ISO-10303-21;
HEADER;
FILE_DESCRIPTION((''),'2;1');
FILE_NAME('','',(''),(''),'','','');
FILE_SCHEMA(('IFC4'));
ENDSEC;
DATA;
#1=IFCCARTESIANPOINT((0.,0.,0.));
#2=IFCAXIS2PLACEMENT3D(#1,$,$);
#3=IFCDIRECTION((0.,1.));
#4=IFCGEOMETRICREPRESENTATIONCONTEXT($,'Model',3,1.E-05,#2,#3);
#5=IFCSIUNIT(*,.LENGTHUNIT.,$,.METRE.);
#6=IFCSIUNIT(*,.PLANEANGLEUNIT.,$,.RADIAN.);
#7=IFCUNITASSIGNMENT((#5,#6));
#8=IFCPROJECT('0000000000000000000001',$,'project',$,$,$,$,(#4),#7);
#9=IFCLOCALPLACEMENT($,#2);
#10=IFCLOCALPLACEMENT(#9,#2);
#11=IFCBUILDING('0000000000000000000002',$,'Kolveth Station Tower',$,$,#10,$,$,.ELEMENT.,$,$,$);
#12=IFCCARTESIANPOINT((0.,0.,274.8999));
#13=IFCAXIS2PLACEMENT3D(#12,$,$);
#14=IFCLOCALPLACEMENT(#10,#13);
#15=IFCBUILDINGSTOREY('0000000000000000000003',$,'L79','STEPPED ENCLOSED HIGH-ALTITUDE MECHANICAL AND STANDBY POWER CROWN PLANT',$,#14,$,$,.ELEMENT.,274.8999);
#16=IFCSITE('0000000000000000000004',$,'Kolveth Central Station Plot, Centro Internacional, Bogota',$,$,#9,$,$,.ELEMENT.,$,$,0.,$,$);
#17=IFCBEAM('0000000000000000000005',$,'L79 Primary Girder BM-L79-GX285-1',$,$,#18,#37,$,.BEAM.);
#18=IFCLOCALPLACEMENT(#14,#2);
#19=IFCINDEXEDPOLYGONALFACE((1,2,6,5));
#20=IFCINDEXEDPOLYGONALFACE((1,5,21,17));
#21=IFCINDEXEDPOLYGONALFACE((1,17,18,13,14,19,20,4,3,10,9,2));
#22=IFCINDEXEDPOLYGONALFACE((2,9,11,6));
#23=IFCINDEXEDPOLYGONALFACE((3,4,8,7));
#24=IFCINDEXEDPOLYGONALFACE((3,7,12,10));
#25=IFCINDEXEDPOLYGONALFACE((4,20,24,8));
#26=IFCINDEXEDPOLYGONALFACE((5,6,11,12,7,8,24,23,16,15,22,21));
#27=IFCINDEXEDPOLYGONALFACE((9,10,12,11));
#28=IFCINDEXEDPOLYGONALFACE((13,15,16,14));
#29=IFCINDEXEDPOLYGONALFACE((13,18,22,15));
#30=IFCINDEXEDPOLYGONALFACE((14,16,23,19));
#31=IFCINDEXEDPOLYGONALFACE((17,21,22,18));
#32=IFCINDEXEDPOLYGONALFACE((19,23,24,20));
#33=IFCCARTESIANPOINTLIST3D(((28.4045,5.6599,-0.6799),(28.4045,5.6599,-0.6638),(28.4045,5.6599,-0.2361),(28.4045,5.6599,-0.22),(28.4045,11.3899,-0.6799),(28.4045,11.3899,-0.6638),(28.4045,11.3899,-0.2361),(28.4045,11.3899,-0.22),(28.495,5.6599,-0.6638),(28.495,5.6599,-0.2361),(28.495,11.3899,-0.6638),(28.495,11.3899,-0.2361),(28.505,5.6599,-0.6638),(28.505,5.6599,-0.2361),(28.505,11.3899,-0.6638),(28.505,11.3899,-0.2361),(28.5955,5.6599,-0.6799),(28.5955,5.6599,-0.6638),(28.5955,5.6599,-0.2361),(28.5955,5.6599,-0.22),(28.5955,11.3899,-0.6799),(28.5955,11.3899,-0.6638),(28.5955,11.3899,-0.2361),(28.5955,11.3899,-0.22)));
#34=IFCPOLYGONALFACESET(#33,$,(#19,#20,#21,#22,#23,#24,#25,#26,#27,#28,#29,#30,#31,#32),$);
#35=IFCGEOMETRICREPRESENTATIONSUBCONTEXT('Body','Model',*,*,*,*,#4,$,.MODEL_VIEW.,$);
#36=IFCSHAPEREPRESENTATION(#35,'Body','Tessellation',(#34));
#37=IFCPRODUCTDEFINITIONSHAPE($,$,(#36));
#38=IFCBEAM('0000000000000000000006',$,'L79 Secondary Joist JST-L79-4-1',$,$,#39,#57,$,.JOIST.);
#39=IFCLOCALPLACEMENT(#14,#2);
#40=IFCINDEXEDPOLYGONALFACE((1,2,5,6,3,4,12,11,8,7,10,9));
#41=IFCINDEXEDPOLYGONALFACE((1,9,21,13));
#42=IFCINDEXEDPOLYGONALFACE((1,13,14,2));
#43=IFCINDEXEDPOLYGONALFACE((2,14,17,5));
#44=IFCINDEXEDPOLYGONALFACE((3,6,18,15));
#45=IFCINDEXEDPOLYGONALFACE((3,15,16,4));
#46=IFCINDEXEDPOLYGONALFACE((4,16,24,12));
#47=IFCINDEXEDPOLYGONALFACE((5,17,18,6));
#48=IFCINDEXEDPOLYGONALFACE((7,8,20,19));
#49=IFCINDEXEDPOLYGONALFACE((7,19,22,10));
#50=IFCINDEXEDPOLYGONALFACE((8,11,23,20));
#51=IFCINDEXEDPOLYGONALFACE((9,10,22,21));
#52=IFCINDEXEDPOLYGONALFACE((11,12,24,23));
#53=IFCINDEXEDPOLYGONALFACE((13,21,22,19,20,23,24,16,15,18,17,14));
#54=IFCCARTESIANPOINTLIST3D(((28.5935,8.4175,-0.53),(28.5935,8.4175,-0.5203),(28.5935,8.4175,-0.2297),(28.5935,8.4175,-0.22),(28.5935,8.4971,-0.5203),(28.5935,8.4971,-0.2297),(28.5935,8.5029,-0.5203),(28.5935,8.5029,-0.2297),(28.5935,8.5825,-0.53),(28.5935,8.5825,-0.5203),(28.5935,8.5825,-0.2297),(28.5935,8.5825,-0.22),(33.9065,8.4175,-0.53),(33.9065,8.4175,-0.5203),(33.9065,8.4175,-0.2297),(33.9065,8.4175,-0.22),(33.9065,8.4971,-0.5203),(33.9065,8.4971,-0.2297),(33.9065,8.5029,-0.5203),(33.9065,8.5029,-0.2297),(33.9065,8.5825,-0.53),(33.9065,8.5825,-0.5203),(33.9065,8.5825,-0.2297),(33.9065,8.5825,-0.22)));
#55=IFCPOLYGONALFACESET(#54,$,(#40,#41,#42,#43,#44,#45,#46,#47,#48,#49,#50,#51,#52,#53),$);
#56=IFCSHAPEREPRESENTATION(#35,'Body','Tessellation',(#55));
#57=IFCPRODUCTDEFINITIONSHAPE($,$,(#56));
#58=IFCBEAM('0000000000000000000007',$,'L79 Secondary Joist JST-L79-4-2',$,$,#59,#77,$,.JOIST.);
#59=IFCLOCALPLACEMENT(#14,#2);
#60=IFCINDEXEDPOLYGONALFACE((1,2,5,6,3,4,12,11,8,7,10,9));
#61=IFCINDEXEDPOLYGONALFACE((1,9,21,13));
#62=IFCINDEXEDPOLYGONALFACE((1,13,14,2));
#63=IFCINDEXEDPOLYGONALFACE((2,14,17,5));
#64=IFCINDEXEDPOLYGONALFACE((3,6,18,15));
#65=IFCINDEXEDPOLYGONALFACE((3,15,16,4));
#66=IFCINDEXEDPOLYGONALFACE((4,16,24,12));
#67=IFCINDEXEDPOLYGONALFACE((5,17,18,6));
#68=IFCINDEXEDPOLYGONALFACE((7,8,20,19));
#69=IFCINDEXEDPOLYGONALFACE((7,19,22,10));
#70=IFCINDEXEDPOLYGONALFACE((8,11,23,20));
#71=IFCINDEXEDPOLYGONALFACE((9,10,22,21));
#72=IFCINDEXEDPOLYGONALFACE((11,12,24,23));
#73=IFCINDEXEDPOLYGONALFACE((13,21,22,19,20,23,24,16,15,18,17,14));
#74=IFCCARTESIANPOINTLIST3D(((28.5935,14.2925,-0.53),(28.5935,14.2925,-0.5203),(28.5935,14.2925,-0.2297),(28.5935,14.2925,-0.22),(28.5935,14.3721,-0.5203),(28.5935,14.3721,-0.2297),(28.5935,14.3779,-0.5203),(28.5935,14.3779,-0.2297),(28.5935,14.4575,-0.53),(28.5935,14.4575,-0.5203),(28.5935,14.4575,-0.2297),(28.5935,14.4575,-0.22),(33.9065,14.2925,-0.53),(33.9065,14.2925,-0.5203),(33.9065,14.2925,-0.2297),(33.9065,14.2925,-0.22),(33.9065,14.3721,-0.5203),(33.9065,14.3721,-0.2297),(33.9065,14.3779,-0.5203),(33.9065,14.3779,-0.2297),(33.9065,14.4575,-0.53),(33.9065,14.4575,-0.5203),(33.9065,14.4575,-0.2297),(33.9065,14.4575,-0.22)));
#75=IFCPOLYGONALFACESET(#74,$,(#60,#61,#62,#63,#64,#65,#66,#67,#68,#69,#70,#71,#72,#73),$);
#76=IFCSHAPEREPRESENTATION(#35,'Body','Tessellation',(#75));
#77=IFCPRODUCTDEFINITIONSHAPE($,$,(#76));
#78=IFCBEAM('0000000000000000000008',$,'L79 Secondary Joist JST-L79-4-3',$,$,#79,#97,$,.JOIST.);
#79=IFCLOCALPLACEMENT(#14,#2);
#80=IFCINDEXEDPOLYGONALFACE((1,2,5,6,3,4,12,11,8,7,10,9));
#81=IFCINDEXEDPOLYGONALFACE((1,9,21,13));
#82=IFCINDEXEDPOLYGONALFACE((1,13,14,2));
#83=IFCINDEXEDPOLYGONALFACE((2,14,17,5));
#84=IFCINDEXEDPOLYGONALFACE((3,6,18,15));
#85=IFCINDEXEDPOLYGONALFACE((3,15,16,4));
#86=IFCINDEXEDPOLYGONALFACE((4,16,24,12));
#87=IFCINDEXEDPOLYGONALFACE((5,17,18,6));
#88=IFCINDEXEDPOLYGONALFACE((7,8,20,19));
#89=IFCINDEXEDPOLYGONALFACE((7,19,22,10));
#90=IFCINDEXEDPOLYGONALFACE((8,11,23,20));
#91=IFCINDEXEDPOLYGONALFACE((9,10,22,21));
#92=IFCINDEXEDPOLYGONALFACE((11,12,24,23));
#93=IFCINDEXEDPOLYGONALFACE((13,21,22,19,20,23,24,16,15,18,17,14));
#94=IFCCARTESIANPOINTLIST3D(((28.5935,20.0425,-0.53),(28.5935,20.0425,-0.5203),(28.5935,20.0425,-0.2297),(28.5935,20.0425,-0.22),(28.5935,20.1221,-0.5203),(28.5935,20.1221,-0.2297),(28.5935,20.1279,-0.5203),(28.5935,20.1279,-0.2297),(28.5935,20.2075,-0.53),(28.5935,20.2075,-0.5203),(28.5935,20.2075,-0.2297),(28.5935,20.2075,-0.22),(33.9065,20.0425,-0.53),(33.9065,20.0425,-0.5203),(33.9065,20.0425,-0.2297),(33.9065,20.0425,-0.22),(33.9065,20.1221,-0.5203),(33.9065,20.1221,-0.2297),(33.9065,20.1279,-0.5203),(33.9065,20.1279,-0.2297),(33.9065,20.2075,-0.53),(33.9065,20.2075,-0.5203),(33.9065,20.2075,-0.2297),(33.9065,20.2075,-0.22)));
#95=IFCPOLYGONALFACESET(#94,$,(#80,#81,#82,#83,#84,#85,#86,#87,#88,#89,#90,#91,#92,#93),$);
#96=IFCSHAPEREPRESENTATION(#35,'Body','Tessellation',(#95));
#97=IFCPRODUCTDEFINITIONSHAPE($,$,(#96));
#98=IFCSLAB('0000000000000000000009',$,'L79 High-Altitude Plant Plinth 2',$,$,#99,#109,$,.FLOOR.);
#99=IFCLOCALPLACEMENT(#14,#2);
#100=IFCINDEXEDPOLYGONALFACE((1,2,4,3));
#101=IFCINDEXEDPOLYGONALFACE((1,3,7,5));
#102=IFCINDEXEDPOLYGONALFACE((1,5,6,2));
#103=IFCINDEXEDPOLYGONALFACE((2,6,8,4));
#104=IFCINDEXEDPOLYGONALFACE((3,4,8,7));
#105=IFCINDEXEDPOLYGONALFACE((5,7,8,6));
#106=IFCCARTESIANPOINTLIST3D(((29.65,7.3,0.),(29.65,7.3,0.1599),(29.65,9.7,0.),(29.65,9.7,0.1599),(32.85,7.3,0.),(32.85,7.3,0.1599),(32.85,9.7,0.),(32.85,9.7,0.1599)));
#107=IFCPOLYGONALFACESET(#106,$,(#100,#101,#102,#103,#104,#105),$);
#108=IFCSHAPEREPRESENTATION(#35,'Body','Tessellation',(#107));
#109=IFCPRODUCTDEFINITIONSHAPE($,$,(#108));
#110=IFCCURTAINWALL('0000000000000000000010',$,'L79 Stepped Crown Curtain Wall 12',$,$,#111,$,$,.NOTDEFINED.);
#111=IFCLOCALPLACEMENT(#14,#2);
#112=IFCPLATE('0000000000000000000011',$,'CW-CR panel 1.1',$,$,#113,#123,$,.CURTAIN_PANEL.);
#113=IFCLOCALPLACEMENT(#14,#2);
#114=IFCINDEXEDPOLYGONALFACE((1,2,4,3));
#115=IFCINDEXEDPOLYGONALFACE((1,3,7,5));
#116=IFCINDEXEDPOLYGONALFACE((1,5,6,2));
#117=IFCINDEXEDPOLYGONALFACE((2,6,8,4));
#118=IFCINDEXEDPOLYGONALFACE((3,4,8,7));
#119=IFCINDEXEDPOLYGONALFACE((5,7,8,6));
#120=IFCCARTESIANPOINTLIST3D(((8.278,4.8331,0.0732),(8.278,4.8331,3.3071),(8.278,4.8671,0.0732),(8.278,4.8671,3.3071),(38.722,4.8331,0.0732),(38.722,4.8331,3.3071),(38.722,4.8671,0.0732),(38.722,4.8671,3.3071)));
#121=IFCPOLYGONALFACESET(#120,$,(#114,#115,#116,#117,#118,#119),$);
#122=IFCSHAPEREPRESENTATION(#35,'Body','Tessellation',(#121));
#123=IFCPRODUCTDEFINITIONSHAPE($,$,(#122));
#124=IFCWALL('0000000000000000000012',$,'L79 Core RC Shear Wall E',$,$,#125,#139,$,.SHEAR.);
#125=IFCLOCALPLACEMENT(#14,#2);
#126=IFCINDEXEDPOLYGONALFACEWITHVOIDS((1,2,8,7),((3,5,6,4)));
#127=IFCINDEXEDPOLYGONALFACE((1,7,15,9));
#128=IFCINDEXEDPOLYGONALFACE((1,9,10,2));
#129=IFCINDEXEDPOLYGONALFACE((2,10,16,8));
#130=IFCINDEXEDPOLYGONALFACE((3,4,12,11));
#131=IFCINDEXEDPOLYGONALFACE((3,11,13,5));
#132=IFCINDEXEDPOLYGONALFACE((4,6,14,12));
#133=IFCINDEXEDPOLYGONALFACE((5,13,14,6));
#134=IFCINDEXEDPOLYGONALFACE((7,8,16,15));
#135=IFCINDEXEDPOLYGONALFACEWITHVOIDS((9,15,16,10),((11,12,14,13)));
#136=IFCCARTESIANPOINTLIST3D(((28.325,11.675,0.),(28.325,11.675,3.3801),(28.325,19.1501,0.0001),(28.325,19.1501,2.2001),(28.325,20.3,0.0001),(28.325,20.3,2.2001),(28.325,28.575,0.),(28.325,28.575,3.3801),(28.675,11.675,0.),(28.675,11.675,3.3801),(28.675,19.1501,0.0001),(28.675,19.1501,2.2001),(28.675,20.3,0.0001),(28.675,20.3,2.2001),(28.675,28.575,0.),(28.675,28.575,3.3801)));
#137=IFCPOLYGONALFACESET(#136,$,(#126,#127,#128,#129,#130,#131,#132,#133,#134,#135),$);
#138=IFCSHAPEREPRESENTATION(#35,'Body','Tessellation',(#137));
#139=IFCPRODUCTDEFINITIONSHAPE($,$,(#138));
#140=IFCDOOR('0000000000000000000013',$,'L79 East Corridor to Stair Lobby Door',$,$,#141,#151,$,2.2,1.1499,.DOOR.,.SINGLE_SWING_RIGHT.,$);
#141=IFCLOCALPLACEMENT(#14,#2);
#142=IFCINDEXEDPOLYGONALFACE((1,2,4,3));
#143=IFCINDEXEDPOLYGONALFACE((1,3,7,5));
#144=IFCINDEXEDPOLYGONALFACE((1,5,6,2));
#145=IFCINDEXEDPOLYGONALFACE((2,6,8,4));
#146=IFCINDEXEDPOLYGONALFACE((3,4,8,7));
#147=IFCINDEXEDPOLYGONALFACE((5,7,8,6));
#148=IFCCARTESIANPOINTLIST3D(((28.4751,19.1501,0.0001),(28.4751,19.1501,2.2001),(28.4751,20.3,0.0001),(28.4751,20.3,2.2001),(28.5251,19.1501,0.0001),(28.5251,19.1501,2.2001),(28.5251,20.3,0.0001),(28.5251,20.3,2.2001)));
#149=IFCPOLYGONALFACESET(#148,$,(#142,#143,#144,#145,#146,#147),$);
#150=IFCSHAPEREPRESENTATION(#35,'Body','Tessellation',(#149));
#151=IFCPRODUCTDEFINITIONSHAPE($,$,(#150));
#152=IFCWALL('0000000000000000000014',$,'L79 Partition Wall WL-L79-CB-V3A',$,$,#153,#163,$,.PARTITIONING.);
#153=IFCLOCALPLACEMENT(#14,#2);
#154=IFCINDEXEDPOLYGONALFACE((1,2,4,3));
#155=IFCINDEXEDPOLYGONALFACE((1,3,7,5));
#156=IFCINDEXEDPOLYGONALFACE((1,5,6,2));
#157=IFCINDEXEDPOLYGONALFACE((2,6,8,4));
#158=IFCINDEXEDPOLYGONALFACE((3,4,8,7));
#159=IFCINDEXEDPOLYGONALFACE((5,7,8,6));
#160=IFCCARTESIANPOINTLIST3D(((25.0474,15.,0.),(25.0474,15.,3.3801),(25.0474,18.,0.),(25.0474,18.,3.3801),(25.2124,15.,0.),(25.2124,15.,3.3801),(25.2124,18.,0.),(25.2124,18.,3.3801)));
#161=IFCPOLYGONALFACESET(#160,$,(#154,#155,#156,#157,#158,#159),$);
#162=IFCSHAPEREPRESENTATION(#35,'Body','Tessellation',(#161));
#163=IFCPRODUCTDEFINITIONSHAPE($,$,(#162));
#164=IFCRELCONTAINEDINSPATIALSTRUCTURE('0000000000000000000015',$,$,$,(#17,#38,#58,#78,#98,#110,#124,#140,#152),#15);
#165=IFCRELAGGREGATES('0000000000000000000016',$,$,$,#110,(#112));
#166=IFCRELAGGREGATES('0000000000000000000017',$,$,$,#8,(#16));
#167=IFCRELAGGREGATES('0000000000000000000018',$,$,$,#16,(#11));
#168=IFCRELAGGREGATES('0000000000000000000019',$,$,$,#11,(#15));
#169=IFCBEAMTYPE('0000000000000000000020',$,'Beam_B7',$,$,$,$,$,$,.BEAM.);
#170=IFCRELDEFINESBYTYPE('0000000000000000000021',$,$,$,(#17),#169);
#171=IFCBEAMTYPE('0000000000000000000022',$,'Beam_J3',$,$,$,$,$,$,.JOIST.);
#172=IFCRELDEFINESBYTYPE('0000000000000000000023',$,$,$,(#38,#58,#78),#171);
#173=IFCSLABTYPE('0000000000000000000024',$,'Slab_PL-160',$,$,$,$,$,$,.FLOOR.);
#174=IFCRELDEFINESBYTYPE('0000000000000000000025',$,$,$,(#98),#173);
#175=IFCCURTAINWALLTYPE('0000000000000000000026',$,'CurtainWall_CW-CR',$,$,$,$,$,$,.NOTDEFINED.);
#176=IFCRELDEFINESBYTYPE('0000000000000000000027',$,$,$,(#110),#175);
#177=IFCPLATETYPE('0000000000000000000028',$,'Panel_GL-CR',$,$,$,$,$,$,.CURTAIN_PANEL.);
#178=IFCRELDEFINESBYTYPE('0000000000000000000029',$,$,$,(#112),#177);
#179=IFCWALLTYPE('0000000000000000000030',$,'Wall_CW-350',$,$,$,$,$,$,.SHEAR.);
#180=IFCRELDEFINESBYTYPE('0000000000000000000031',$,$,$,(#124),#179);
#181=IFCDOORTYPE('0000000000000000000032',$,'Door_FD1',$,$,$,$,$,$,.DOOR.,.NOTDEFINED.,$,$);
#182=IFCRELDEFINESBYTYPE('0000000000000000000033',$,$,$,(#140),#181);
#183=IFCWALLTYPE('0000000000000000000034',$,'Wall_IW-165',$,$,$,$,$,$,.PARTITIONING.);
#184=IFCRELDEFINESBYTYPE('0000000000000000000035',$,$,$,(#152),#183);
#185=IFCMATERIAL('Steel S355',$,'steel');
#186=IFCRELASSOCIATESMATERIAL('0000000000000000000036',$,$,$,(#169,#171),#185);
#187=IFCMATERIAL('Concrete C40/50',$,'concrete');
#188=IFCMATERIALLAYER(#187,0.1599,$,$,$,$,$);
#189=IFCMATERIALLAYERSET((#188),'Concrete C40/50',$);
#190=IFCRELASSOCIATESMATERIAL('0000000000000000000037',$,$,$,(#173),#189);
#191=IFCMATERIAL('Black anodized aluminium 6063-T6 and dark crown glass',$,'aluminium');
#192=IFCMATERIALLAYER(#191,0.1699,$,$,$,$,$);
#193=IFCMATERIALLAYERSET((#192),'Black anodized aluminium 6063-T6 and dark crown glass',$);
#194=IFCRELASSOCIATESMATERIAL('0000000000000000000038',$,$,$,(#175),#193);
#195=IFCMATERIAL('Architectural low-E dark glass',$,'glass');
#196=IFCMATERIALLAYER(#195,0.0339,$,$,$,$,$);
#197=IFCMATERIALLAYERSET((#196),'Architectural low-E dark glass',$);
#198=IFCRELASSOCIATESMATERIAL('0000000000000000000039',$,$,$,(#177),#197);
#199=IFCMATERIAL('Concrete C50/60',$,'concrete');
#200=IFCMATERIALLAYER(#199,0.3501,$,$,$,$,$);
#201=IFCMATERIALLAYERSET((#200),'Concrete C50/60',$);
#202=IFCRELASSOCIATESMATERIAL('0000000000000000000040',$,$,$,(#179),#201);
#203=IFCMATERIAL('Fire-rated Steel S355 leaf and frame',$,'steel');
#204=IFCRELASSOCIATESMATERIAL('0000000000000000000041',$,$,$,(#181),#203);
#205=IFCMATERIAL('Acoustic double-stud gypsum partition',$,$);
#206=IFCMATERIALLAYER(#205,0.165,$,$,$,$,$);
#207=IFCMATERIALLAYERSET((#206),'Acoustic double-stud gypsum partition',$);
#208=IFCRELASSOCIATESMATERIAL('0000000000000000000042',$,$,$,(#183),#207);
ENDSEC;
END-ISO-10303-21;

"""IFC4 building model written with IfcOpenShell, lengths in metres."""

from ifc_helpers import new_model, si_unit, direction, frame, frame_2d, origin, origin_2d, place, context, subcontext, project, spatial, rectangle, i_section, extrude, source, transform, mapped, material, layer, layer_set, material_profile, profile_set, type_object, element, fill, aggregate, save


model = new_model("IFC4")

# Units and contexts
model_context = context("Model", 3, precision=1e-05, world=origin(), true_north=direction((0.0, 1.0)))
body_context = subcontext(model_context, "Body", "Model", "MODEL_VIEW")
ifc_project = project(units=[si_unit("LENGTHUNIT", "METRE"), si_unit("PLANEANGLEUNIT", "RADIAN")], contexts=[model_context])

# Site, building, storey
site_placement = place(None, origin())
site = spatial("IfcSite", under=ifc_project, at=site_placement, Name="Kolveth Central Station Plot, Centro Internacional, Bogota", CompositionType="ELEMENT", RefElevation=0.0)
building_placement = place(site_placement, origin())
building = spatial("IfcBuilding", under=site, at=building_placement, Name="Kolveth Station Tower", CompositionType="ELEMENT")
storey_placement = place(building_placement, frame((0.0, 0.0, 274.8999)))
storey = spatial("IfcBuildingStorey", under=building, at=storey_placement, Name="L79", Description="STEPPED ENCLOSED HIGH-ALTITUDE MECHANICAL AND STANDBY POWER CROWN PLANT", CompositionType="ELEMENT", Elevation=274.8999)

# Shared definitions
ifc_material_1 = material(Name="Steel S355", Category="steel")

# Beams
ifc_material_profile_1 = material_profile(ifc_material_1, i_section(OverallWidth=0.1909, OverallDepth=0.46, WebThickness=0.01, FlangeThickness=0.0161, at=origin_2d()), Name="W460x82")
ifc_profile_set_1 = profile_set([ifc_material_profile_1], Name="Steel S355")
beam_type_1 = type_object("IfcBeamType", Name="Beam_B7", PredefinedType="BEAM", material=ifc_profile_set_1)
shared_shape_1 = source(origin(), body_context, "Body", "SweptSolid", [
    extrude(i_section(OverallWidth=0.1909, OverallDepth=0.46, WebThickness=0.01, FlangeThickness=0.0161, at=origin_2d()), origin(), (0.0, 0.0, 1.0), 5.73),
])
beam_1_placement = place(storey_placement, frame((28.5, 5.6599, -0.45), z_axis=(0.0, 1.0, 0.0), x_axis=(-1.0, 0.0, 0.0)))
element("IfcBeam", 1, at=beam_1_placement, inside=storey, type_object=beam_type_1, Name="L79 Primary Girder BM-L79-GX285-1", PredefinedType="BEAM", context=body_context, shape_type="MappedRepresentation", body=[
    mapped(shared_shape_1, transform((0.0, 0.0, 0.0), x_axis=(1.0, 0.0, 0.0), y_axis=(0.0, 1.0, 0.0), z_axis=(0.0, 0.0, 1.0), scale=1.0)),
])
ifc_material_profile_2 = material_profile(ifc_material_1, i_section(OverallWidth=0.165, OverallDepth=0.3101, WebThickness=0.0059, FlangeThickness=0.0098, at=origin_2d()), Name="W310x39")
ifc_profile_set_2 = profile_set([ifc_material_profile_2], Name="Steel S355")
beam_type_2 = type_object("IfcBeamType", Name="Beam_J3", PredefinedType="JOIST", material=ifc_profile_set_2)
shared_shape_2 = source(origin(), body_context, "Body", "SweptSolid", [
    extrude(i_section(OverallWidth=0.165, OverallDepth=0.3101, WebThickness=0.0059, FlangeThickness=0.0098, at=origin_2d()), origin(), (0.0, 0.0, 1.0), 5.313),
])
for number, where, z_axis, x_axis, name in (
    (2, (28.5935, 8.5, -0.375), (1.0, 0.0, 0.0), (0.0, 1.0, 0.0), "L79 Secondary Joist JST-L79-4-1"),
    (3, (28.5935, 14.375, -0.375), (1.0, 0.0, 0.0), (0.0, 1.0, 0.0), "L79 Secondary Joist JST-L79-4-2"),
    (4, (28.5935, 20.125, -0.375), (1.0, 0.0, 0.0), (0.0, 1.0, 0.0), "L79 Secondary Joist JST-L79-4-3"),
):
    element("IfcBeam", number, at=place(storey_placement, frame(where, z_axis=z_axis, x_axis=x_axis)), inside=storey, type_object=beam_type_2, Name=name, PredefinedType="JOIST", context=body_context, shape_type="MappedRepresentation", body=[
        mapped(shared_shape_2, transform((0.0, 0.0, 0.0), x_axis=(1.0, 0.0, 0.0), y_axis=(0.0, 1.0, 0.0), z_axis=(0.0, 0.0, 1.0), scale=1.0)),
    ])

# Slab
ifc_material_2 = material(Name="Concrete C40/50", Category="concrete")
ifc_layer_1 = layer(ifc_material_2, 0.1599)
ifc_layer_set_1 = layer_set([ifc_layer_1], Name="Concrete C40/50")
slab_type = type_object("IfcSlabType", Name="Slab_PL-160", PredefinedType="FLOOR", material=ifc_layer_set_1)
shared_shape_3 = source(origin(), body_context, "Body", "SweptSolid", [
    extrude(rectangle(XDim=3.2, YDim=2.3999, at=origin_2d()), origin(), (0.0, 0.0, 1.0), 0.1599),
])
slab_placement = place(storey_placement, frame((31.25, 8.5, 0.0), z_axis=(0.0, 0.0, 1.0), x_axis=(1.0, 0.0, 0.0)))
element("IfcSlab", 5, at=slab_placement, inside=storey, type_object=slab_type, Name="L79 High-Altitude Plant Plinth 2", PredefinedType="FLOOR", context=body_context, shape_type="MappedRepresentation", body=[
    mapped(shared_shape_3, transform((0.0, 0.0, 0.0), x_axis=(1.0, 0.0, 0.0), y_axis=(0.0, 1.0, 0.0), z_axis=(0.0, 0.0, 1.0), scale=1.0)),
])

# Curtain wall, plate
ifc_material_3 = material(Name="Black anodized aluminium 6063-T6 and dark crown glass", Category="aluminium")
ifc_layer_2 = layer(ifc_material_3, 0.1699)
ifc_layer_set_2 = layer_set([ifc_layer_2], Name="Black anodized aluminium 6063-T6 and dark crown glass")
curtain_wall_type = type_object("IfcCurtainWallType", Name="CurtainWall_CW-CR", PredefinedType="NOTDEFINED", material=ifc_layer_set_2)
curtain_wall_placement = place(storey_placement, origin())
curtain_wall = element("IfcCurtainWall", 6, at=curtain_wall_placement, inside=storey, type_object=curtain_wall_type, Name="L79 Stepped Crown Curtain Wall 12", PredefinedType="NOTDEFINED")
ifc_material_4 = material(Name="Architectural low-E dark glass", Category="glass")
ifc_layer_3 = layer(ifc_material_4, 0.0339)
ifc_layer_set_3 = layer_set([ifc_layer_3], Name="Architectural low-E dark glass")
plate_type = type_object("IfcPlateType", Name="Panel_GL-CR", PredefinedType="CURTAIN_PANEL", material=ifc_layer_set_3)
shared_shape_4 = source(origin(), body_context, "Body", "SweptSolid", [
    extrude(rectangle(XDim=30.4441, YDim=0.0339, at=origin_2d()), origin(), (0.0, 0.0, 1.0), 3.2339),
])
plate_placement = place(storey_placement, frame((23.5, 4.8501, 0.0732), z_axis=(0.0, 0.0, 1.0), x_axis=(1.0, 0.0, 0.0)))
plate = element("IfcPlate", 7, at=plate_placement, type_object=plate_type, Name="CW-CR panel 1.1", PredefinedType="CURTAIN_PANEL", context=body_context, shape_type="MappedRepresentation", body=[
    mapped(shared_shape_4, transform((0.0, 0.0, 0.0), x_axis=(1.0, 0.0, 0.0), y_axis=(0.0, 1.0, 0.0), z_axis=(0.0, 0.0, 1.0), scale=1.0)),
])
aggregate(curtain_wall, [plate])

# Wall, opening, door
ifc_material_5 = material(Name="Concrete C50/60", Category="concrete")
ifc_layer_4 = layer(ifc_material_5, 0.3501)
ifc_layer_set_4 = layer_set([ifc_layer_4], Name="Concrete C50/60")
wall_type_1 = type_object("IfcWallType", Name="Wall_CW-350", PredefinedType="SHEAR", material=ifc_layer_set_4)
wall_1_placement = place(storey_placement, frame((28.5, 11.675, 0.0), z_axis=(0.0, 0.0, 1.0), x_axis=(0.0, 1.0, 0.0)))
wall_1 = element("IfcWall", 8, at=wall_1_placement, inside=storey, type_object=wall_type_1, Name="L79 Core RC Shear Wall E", PredefinedType="SHEAR", context=body_context, shape_type="SweptSolid", body=[
    extrude(rectangle(XDim=16.8999, YDim=0.3501, at=frame_2d((8.45, 0.0))), origin(), (0.0, 0.0, 1.0), 3.3801),
])
opening_1_placement = place(wall_1_placement, frame((7.4751, 0.0, 0.0)))
opening_1 = element("IfcOpeningElement", 9, at=opening_1_placement, cuts=wall_1, PredefinedType="OPENING", context=body_context, shape_type="SweptSolid", body=[
    extrude(rectangle(XDim=1.1499, YDim=2.2, at=frame_2d((0.575, 1.1001))), frame((0.0, 0.1851, 0.0), z_axis=(0.0, -1.0, 0.0), x_axis=(1.0, 0.0, 0.0)), (0.0, 0.0, 1.0), 0.3701),
])
ifc_material_6 = material(Name="Fire-rated Steel S355 leaf and frame", Category="steel")
door_type_1 = type_object("IfcDoorType", Name="Door_FD1", OperationType="NOTDEFINED", PredefinedType="DOOR", material=ifc_material_6)
door_1_placement = place(opening_1_placement, origin())
door_1 = element("IfcDoor", 10, at=door_1_placement, inside=storey, type_object=door_type_1, Name="L79 East Corridor to Stair Lobby Door", OperationType="SINGLE_SWING_RIGHT", OverallHeight=2.2, OverallWidth=1.1499, PredefinedType="DOOR", context=body_context, shape_type="SweptSolid", body=[
    extrude(rectangle(XDim=1.1499, YDim=2.2, at=frame_2d((0.575, 1.1001))), frame((0.0, 0.0249, 0.0), z_axis=(0.0, -1.0, 0.0), x_axis=(1.0, 0.0, 0.0)), (0.0, 0.0, 1.0), 0.05),
])
fill(opening_1, door_1)

# Wall
ifc_material_7 = material(Name="Acoustic double-stud gypsum partition")
ifc_layer_5 = layer(ifc_material_7, 0.165)
ifc_layer_set_5 = layer_set([ifc_layer_5], Name="Acoustic double-stud gypsum partition")
wall_type_2 = type_object("IfcWallType", Name="Wall_IW-165", PredefinedType="PARTITIONING", material=ifc_layer_set_5)
wall_2_placement = place(storey_placement, frame((25.1299, 15.0, 0.0), z_axis=(0.0, 0.0, 1.0), x_axis=(0.0, 1.0, 0.0)))
element("IfcWall", 11, at=wall_2_placement, inside=storey, type_object=wall_type_2, Name="L79 Partition Wall WL-L79-CB-V3A", PredefinedType="PARTITIONING", context=body_context, shape_type="SweptSolid", body=[
    extrude(rectangle(XDim=3.0, YDim=0.165, at=frame_2d((1.5, 0.0))), origin(), (0.0, 0.0, 1.0), 3.3801),
])

save(model, "model.ifc")
